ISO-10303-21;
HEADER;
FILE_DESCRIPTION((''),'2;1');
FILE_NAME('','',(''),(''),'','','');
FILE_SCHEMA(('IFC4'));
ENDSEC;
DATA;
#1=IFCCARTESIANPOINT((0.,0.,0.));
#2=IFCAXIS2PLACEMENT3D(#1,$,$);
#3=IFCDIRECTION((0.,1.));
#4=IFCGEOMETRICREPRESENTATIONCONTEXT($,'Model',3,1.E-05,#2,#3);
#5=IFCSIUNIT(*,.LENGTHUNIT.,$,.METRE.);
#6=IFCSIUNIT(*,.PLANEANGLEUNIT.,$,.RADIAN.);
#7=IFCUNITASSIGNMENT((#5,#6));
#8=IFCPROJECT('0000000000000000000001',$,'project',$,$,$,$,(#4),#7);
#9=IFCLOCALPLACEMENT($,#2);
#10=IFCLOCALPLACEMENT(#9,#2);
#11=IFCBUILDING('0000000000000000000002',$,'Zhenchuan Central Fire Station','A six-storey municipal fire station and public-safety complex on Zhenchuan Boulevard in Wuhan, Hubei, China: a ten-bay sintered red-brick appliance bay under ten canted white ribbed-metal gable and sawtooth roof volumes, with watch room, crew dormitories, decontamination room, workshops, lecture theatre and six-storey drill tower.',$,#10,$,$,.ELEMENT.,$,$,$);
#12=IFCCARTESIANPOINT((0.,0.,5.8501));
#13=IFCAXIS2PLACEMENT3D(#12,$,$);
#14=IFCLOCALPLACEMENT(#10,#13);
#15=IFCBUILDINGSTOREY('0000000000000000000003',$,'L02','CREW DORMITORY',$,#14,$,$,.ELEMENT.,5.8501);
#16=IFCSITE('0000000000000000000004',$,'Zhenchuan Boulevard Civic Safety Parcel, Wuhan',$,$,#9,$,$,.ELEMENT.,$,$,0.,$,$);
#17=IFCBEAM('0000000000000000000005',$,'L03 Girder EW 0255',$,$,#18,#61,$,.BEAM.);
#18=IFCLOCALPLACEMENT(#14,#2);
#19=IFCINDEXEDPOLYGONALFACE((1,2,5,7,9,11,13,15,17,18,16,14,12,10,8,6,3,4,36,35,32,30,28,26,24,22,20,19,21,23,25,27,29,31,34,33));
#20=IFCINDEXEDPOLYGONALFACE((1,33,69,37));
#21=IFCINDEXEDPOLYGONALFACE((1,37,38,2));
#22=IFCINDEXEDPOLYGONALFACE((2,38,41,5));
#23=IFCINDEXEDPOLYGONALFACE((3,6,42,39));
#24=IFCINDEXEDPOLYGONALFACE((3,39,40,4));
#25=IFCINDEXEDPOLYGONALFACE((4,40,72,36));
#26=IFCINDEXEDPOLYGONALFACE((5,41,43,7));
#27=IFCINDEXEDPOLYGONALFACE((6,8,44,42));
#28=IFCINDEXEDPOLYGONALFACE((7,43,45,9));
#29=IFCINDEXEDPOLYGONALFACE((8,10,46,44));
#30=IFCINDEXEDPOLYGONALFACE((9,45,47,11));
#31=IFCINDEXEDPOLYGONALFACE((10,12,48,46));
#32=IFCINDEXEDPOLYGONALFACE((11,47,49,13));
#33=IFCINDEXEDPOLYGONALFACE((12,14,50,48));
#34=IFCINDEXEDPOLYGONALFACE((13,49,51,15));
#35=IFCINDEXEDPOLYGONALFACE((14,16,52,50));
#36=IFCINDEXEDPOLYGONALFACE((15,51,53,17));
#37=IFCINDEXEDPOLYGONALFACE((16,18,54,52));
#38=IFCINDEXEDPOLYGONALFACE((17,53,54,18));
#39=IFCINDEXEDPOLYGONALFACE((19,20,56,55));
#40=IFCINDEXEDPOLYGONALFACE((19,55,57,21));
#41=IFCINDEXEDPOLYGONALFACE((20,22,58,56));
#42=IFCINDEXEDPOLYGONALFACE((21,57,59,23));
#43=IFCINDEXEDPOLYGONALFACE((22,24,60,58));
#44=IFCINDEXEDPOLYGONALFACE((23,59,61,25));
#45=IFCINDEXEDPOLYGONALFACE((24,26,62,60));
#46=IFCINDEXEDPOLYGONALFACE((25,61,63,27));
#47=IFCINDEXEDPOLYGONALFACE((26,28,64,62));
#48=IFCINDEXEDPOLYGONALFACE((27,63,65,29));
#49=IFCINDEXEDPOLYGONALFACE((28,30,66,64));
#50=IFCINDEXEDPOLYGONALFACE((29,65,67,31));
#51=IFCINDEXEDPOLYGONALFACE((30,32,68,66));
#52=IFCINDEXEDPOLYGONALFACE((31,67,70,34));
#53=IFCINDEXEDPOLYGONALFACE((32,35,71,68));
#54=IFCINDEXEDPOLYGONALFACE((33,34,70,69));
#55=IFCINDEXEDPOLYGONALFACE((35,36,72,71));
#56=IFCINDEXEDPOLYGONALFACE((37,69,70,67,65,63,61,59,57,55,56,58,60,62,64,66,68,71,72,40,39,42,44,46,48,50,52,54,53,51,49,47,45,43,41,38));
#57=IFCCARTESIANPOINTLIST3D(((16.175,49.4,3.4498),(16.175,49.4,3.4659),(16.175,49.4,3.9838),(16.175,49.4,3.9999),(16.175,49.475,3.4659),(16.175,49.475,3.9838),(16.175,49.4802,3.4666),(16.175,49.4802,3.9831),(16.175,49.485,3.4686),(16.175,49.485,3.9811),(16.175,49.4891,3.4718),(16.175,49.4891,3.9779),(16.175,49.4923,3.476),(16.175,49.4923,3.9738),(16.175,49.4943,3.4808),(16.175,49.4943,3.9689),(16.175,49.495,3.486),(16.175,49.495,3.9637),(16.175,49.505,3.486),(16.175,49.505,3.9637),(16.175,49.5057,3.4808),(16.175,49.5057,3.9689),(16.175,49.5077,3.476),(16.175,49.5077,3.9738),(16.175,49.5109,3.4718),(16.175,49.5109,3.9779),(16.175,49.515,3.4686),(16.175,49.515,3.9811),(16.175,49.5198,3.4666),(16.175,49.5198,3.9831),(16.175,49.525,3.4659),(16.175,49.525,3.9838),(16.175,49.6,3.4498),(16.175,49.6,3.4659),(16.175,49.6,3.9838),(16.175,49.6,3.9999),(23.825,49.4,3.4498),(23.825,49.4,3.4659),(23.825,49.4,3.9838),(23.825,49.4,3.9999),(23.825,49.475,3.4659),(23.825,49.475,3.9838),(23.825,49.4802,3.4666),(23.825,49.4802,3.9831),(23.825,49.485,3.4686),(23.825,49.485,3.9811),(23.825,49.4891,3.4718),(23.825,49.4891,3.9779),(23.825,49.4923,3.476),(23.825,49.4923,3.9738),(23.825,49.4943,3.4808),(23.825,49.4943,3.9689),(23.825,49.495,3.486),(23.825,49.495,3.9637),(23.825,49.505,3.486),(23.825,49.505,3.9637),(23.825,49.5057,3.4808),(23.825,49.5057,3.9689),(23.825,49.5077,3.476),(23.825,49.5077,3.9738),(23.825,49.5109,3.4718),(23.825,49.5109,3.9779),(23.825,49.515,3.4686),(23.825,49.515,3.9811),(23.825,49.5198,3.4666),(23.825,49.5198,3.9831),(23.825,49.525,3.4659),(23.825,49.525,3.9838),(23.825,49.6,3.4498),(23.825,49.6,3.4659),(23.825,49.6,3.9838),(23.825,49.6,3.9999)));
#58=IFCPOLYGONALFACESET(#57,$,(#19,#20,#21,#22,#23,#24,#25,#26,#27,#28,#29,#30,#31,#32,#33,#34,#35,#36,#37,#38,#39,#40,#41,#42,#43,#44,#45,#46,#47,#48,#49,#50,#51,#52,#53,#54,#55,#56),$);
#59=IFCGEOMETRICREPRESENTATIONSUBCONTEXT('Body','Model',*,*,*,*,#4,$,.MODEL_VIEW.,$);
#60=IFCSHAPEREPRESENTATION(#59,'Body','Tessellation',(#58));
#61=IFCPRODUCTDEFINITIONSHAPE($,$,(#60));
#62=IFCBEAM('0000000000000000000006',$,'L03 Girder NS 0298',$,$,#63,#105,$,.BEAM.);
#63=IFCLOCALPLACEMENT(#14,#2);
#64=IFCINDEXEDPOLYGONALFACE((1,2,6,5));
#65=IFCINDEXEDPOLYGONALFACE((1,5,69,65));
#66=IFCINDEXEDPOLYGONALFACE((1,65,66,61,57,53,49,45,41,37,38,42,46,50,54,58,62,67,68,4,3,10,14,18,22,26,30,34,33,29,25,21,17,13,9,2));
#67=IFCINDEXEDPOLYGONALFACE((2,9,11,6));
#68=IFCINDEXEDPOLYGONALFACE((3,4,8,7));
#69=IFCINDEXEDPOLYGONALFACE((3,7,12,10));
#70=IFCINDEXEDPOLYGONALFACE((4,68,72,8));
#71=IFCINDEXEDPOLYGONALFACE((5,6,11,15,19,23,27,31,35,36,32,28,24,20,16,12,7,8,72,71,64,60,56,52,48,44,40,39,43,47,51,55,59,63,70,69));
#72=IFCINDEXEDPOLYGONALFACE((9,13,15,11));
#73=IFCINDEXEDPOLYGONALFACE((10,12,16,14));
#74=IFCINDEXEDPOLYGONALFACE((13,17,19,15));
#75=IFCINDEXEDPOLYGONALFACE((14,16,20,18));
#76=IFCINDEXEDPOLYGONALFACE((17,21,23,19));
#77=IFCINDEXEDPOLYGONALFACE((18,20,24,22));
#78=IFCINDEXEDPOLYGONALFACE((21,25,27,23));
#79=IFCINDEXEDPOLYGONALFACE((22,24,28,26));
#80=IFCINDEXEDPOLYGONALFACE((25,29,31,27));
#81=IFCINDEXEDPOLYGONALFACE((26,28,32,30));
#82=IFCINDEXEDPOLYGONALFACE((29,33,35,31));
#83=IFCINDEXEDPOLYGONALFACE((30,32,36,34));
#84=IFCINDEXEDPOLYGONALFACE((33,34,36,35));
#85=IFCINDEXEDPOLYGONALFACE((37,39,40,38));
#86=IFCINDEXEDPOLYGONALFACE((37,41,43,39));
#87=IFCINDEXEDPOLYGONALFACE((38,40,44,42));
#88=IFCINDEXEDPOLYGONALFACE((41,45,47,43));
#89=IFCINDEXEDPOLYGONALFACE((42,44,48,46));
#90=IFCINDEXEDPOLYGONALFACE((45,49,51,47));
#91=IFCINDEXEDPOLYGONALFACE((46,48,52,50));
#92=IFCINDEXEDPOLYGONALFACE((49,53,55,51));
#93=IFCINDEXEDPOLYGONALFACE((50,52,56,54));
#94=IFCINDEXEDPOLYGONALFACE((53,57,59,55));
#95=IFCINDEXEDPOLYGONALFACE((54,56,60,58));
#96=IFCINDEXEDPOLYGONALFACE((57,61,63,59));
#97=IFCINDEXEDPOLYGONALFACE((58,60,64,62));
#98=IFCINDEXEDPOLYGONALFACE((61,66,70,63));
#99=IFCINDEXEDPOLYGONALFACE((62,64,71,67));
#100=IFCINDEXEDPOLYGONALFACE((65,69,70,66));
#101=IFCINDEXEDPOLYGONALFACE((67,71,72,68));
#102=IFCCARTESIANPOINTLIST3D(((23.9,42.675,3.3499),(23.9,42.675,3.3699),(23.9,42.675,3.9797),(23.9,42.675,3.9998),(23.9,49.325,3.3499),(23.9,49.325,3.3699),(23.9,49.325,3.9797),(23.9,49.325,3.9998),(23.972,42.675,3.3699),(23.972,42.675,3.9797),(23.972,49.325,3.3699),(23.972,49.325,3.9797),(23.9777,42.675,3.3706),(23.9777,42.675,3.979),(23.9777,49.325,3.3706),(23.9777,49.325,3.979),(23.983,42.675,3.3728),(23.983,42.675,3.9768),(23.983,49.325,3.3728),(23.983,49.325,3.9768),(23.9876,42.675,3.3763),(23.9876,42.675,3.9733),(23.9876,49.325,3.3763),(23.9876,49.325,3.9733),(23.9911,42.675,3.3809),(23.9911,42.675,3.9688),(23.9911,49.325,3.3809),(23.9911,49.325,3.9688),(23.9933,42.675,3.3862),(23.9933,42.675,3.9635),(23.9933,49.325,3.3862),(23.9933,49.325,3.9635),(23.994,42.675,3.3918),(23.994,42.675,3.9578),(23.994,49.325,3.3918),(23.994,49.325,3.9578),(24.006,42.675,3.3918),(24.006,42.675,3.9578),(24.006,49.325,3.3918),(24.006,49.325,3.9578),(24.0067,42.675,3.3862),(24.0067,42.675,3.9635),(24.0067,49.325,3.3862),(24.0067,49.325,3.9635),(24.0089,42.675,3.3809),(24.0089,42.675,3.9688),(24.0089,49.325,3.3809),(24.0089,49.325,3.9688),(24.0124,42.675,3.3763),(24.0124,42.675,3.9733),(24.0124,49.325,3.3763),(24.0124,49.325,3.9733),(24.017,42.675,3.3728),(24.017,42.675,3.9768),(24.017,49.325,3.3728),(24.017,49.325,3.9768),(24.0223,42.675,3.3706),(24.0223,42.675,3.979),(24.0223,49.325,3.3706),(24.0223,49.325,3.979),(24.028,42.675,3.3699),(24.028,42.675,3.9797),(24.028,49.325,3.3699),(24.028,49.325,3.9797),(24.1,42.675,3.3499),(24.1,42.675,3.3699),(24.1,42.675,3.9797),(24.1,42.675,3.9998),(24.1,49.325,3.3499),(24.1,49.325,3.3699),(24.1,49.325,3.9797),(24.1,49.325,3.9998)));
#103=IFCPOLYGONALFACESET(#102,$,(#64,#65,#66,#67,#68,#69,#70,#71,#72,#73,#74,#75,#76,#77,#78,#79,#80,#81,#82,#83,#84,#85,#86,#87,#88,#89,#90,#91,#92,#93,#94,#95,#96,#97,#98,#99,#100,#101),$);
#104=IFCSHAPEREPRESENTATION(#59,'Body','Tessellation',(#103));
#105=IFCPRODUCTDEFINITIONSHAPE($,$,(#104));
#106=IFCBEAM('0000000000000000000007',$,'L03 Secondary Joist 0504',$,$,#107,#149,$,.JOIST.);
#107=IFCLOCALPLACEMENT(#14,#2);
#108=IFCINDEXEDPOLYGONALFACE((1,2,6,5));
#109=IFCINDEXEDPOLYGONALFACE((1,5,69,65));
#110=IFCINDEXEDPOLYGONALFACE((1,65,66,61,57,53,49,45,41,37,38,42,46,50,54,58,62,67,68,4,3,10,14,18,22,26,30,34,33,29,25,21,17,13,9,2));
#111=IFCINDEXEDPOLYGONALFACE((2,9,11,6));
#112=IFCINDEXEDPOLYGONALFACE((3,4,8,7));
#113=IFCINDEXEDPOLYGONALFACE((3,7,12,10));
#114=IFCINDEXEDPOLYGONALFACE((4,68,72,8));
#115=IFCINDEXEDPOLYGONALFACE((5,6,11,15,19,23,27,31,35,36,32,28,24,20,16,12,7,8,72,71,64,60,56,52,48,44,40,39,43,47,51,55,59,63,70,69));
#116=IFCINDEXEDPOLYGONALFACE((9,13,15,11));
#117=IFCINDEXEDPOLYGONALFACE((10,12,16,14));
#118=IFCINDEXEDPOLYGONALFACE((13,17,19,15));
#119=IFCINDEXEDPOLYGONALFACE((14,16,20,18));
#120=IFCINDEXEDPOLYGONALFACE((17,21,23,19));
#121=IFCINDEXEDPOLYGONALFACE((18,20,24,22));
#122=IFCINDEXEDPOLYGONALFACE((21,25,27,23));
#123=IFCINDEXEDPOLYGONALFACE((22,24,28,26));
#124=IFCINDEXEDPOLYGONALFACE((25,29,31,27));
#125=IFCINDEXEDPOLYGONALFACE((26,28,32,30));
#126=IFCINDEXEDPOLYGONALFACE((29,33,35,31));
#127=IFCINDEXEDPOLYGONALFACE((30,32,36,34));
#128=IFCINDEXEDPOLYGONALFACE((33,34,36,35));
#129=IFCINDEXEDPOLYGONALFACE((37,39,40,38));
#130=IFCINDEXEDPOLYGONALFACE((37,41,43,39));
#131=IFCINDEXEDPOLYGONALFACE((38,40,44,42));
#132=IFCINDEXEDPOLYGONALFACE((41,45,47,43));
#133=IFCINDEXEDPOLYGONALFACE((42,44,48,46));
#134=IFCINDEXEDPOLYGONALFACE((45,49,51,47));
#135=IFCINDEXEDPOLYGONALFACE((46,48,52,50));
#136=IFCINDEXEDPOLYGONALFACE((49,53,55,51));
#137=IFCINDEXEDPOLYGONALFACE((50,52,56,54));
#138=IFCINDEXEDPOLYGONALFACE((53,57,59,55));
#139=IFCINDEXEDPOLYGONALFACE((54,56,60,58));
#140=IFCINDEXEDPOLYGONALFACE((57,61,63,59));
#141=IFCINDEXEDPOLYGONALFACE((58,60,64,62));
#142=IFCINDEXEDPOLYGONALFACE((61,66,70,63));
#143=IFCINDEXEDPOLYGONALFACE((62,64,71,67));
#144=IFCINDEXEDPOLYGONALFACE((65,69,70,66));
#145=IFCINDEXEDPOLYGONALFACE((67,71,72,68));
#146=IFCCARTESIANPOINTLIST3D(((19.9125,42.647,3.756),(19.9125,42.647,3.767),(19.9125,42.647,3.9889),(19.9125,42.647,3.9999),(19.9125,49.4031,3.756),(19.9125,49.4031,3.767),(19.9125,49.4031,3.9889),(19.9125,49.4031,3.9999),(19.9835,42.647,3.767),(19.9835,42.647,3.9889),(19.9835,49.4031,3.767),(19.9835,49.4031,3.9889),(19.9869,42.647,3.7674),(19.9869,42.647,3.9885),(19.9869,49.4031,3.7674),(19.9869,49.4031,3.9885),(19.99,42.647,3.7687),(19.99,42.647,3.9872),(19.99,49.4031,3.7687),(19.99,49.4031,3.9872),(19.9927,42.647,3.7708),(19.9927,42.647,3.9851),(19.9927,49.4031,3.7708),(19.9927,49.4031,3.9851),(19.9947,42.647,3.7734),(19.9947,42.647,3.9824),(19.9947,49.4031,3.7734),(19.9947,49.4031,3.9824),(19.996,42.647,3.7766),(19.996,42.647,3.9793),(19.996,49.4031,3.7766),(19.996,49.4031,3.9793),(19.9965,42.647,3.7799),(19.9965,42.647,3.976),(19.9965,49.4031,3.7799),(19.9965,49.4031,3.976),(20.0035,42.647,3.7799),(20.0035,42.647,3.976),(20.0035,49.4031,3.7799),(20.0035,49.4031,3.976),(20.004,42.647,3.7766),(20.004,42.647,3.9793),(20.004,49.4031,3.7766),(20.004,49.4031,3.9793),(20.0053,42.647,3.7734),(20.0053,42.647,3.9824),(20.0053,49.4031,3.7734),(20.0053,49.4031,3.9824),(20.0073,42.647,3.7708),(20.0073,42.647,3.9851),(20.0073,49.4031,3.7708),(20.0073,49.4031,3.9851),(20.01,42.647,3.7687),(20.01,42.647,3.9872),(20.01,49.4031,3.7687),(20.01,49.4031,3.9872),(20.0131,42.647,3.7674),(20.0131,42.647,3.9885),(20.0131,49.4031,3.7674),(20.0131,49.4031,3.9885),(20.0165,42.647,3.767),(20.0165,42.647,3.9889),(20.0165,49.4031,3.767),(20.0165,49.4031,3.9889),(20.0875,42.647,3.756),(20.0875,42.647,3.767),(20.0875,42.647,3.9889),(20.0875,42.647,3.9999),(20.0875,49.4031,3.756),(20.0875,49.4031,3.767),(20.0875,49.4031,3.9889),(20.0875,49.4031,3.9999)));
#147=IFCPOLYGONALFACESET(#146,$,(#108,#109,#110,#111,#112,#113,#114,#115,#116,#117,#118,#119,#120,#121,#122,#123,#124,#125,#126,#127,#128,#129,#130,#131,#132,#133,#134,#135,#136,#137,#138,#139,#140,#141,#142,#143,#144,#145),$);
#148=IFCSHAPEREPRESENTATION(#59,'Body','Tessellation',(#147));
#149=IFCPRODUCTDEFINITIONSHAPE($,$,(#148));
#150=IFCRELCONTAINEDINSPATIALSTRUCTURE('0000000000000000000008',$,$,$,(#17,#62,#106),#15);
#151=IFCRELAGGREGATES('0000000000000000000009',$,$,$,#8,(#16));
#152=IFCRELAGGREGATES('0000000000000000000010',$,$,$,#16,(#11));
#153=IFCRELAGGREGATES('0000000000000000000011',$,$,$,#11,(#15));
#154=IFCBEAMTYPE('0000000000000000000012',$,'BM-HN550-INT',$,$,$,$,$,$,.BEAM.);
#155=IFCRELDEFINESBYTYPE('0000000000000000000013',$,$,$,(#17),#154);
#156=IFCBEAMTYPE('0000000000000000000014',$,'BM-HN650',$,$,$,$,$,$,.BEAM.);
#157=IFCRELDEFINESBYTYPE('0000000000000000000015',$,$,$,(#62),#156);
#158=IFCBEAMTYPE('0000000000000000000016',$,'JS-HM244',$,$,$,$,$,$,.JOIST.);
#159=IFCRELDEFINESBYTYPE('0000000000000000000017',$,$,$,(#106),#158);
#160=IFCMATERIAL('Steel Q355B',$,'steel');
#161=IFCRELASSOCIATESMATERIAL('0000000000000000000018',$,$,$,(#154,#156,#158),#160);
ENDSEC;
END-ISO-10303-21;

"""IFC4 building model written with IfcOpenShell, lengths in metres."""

from ifc_helpers import new_model, si_unit, direction, frame, origin, origin_2d, place, context, subcontext, project, spatial, i_section, extrude, material, material_profile, profile_set, type_object, element, save


model = new_model("IFC4")

# Units and contexts
model_context = context("Model", 3, precision=1e-05, world=origin(), true_north=direction((0.0, 1.0)))
body_context = subcontext(model_context, "Body", "Model", "MODEL_VIEW")
ifc_project = project(units=[si_unit("LENGTHUNIT", "METRE"), si_unit("PLANEANGLEUNIT", "RADIAN")], contexts=[model_context])

# Site, building, storey
site_placement = place(None, origin())
site = spatial("IfcSite", under=ifc_project, at=site_placement, Name="Zhenchuan Boulevard Civic Safety Parcel, Wuhan", CompositionType="ELEMENT", RefElevation=0.0)
building_placement = place(site_placement, origin())
building = spatial("IfcBuilding", under=site, at=building_placement, Name="Zhenchuan Central Fire Station", Description="A six-storey municipal fire station and public-safety complex on Zhenchuan Boulevard in Wuhan, Hubei, China: a ten-bay sintered red-brick appliance bay under ten canted white ribbed-metal gable and sawtooth roof volumes, with watch room, crew dormitories, decontamination room, workshops, lecture theatre and six-storey drill tower.", CompositionType="ELEMENT")
storey_placement = place(building_placement, frame((0.0, 0.0, 5.8501)))
storey = spatial("IfcBuildingStorey", under=building, at=storey_placement, Name="L02", Description="CREW DORMITORY", CompositionType="ELEMENT", Elevation=5.8501)

# Shared definitions
ifc_material_1 = material(Name="Steel Q355B", Category="steel")

# Beams
ifc_material_profile_1 = material_profile(ifc_material_1, i_section(OverallWidth=0.2, OverallDepth=0.55, WebThickness=0.01, FlangeThickness=0.0161, FilletRadius=0.02, at=origin_2d()), Name="HN 550x200")
ifc_profile_set_1 = profile_set([ifc_material_profile_1], Name="Steel Q355B")
beam_type_1 = type_object("IfcBeamType", Name="BM-HN550-INT", PredefinedType="BEAM", material=ifc_profile_set_1)
beam_1_placement = place(storey_placement, frame((16.175, 49.5, 3.7249), z_axis=(1.0, 0.0, 0.0), x_axis=(0.0, 1.0, 0.0)))
element("IfcBeam", 1, at=beam_1_placement, inside=storey, type_object=beam_type_1, Name="L03 Girder EW 0255", PredefinedType="BEAM", context=body_context, shape_type="SweptSolid", body=[
    extrude(i_section(OverallWidth=0.2, OverallDepth=0.55, WebThickness=0.01, FlangeThickness=0.0161, FilletRadius=0.02, at=origin_2d()), origin(), (0.0, 0.0, 1.0), 7.6499),
])
ifc_material_profile_2 = material_profile(ifc_material_1, i_section(OverallWidth=0.2, OverallDepth=0.6499, WebThickness=0.012, FlangeThickness=0.02, FilletRadius=0.022, at=origin_2d()), Name="HN 650x200")
ifc_profile_set_2 = profile_set([ifc_material_profile_2], Name="Steel Q355B")
beam_type_2 = type_object("IfcBeamType", Name="BM-HN650", PredefinedType="BEAM", material=ifc_profile_set_2)
beam_2_placement = place(storey_placement, frame((24.0, 42.675, 3.6748), z_axis=(0.0, 1.0, 0.0), x_axis=(-1.0, 0.0, 0.0)))
element("IfcBeam", 2, at=beam_2_placement, inside=storey, type_object=beam_type_2, Name="L03 Girder NS 0298", PredefinedType="BEAM", context=body_context, shape_type="SweptSolid", body=[
    extrude(i_section(OverallWidth=0.2, OverallDepth=0.6499, WebThickness=0.012, FlangeThickness=0.02, FilletRadius=0.022, at=origin_2d()), origin(), (0.0, 0.0, 1.0), 6.6499),
])
ifc_material_profile_3 = material_profile(ifc_material_1, i_section(OverallWidth=0.175, OverallDepth=0.2439, WebThickness=0.0071, FlangeThickness=0.011, FilletRadius=0.0129, at=origin_2d()), Name="HM 244x175")
ifc_profile_set_3 = profile_set([ifc_material_profile_3], Name="Steel Q355B")
beam_type_3 = type_object("IfcBeamType", Name="JS-HM244", PredefinedType="JOIST", material=ifc_profile_set_3)
beam_3_placement = place(storey_placement, frame((20.0, 42.647, 3.8779), z_axis=(0.0, 1.0, 0.0), x_axis=(-1.0, 0.0, 0.0)))
element("IfcBeam", 3, at=beam_3_placement, inside=storey, type_object=beam_type_3, Name="L03 Secondary Joist 0504", PredefinedType="JOIST", context=body_context, shape_type="SweptSolid", body=[
    extrude(i_section(OverallWidth=0.175, OverallDepth=0.2439, WebThickness=0.0071, FlangeThickness=0.011, FilletRadius=0.0129, at=origin_2d()), origin(), (0.0, 0.0, 1.0), 6.7561),
])

save(model, "model.ifc")
